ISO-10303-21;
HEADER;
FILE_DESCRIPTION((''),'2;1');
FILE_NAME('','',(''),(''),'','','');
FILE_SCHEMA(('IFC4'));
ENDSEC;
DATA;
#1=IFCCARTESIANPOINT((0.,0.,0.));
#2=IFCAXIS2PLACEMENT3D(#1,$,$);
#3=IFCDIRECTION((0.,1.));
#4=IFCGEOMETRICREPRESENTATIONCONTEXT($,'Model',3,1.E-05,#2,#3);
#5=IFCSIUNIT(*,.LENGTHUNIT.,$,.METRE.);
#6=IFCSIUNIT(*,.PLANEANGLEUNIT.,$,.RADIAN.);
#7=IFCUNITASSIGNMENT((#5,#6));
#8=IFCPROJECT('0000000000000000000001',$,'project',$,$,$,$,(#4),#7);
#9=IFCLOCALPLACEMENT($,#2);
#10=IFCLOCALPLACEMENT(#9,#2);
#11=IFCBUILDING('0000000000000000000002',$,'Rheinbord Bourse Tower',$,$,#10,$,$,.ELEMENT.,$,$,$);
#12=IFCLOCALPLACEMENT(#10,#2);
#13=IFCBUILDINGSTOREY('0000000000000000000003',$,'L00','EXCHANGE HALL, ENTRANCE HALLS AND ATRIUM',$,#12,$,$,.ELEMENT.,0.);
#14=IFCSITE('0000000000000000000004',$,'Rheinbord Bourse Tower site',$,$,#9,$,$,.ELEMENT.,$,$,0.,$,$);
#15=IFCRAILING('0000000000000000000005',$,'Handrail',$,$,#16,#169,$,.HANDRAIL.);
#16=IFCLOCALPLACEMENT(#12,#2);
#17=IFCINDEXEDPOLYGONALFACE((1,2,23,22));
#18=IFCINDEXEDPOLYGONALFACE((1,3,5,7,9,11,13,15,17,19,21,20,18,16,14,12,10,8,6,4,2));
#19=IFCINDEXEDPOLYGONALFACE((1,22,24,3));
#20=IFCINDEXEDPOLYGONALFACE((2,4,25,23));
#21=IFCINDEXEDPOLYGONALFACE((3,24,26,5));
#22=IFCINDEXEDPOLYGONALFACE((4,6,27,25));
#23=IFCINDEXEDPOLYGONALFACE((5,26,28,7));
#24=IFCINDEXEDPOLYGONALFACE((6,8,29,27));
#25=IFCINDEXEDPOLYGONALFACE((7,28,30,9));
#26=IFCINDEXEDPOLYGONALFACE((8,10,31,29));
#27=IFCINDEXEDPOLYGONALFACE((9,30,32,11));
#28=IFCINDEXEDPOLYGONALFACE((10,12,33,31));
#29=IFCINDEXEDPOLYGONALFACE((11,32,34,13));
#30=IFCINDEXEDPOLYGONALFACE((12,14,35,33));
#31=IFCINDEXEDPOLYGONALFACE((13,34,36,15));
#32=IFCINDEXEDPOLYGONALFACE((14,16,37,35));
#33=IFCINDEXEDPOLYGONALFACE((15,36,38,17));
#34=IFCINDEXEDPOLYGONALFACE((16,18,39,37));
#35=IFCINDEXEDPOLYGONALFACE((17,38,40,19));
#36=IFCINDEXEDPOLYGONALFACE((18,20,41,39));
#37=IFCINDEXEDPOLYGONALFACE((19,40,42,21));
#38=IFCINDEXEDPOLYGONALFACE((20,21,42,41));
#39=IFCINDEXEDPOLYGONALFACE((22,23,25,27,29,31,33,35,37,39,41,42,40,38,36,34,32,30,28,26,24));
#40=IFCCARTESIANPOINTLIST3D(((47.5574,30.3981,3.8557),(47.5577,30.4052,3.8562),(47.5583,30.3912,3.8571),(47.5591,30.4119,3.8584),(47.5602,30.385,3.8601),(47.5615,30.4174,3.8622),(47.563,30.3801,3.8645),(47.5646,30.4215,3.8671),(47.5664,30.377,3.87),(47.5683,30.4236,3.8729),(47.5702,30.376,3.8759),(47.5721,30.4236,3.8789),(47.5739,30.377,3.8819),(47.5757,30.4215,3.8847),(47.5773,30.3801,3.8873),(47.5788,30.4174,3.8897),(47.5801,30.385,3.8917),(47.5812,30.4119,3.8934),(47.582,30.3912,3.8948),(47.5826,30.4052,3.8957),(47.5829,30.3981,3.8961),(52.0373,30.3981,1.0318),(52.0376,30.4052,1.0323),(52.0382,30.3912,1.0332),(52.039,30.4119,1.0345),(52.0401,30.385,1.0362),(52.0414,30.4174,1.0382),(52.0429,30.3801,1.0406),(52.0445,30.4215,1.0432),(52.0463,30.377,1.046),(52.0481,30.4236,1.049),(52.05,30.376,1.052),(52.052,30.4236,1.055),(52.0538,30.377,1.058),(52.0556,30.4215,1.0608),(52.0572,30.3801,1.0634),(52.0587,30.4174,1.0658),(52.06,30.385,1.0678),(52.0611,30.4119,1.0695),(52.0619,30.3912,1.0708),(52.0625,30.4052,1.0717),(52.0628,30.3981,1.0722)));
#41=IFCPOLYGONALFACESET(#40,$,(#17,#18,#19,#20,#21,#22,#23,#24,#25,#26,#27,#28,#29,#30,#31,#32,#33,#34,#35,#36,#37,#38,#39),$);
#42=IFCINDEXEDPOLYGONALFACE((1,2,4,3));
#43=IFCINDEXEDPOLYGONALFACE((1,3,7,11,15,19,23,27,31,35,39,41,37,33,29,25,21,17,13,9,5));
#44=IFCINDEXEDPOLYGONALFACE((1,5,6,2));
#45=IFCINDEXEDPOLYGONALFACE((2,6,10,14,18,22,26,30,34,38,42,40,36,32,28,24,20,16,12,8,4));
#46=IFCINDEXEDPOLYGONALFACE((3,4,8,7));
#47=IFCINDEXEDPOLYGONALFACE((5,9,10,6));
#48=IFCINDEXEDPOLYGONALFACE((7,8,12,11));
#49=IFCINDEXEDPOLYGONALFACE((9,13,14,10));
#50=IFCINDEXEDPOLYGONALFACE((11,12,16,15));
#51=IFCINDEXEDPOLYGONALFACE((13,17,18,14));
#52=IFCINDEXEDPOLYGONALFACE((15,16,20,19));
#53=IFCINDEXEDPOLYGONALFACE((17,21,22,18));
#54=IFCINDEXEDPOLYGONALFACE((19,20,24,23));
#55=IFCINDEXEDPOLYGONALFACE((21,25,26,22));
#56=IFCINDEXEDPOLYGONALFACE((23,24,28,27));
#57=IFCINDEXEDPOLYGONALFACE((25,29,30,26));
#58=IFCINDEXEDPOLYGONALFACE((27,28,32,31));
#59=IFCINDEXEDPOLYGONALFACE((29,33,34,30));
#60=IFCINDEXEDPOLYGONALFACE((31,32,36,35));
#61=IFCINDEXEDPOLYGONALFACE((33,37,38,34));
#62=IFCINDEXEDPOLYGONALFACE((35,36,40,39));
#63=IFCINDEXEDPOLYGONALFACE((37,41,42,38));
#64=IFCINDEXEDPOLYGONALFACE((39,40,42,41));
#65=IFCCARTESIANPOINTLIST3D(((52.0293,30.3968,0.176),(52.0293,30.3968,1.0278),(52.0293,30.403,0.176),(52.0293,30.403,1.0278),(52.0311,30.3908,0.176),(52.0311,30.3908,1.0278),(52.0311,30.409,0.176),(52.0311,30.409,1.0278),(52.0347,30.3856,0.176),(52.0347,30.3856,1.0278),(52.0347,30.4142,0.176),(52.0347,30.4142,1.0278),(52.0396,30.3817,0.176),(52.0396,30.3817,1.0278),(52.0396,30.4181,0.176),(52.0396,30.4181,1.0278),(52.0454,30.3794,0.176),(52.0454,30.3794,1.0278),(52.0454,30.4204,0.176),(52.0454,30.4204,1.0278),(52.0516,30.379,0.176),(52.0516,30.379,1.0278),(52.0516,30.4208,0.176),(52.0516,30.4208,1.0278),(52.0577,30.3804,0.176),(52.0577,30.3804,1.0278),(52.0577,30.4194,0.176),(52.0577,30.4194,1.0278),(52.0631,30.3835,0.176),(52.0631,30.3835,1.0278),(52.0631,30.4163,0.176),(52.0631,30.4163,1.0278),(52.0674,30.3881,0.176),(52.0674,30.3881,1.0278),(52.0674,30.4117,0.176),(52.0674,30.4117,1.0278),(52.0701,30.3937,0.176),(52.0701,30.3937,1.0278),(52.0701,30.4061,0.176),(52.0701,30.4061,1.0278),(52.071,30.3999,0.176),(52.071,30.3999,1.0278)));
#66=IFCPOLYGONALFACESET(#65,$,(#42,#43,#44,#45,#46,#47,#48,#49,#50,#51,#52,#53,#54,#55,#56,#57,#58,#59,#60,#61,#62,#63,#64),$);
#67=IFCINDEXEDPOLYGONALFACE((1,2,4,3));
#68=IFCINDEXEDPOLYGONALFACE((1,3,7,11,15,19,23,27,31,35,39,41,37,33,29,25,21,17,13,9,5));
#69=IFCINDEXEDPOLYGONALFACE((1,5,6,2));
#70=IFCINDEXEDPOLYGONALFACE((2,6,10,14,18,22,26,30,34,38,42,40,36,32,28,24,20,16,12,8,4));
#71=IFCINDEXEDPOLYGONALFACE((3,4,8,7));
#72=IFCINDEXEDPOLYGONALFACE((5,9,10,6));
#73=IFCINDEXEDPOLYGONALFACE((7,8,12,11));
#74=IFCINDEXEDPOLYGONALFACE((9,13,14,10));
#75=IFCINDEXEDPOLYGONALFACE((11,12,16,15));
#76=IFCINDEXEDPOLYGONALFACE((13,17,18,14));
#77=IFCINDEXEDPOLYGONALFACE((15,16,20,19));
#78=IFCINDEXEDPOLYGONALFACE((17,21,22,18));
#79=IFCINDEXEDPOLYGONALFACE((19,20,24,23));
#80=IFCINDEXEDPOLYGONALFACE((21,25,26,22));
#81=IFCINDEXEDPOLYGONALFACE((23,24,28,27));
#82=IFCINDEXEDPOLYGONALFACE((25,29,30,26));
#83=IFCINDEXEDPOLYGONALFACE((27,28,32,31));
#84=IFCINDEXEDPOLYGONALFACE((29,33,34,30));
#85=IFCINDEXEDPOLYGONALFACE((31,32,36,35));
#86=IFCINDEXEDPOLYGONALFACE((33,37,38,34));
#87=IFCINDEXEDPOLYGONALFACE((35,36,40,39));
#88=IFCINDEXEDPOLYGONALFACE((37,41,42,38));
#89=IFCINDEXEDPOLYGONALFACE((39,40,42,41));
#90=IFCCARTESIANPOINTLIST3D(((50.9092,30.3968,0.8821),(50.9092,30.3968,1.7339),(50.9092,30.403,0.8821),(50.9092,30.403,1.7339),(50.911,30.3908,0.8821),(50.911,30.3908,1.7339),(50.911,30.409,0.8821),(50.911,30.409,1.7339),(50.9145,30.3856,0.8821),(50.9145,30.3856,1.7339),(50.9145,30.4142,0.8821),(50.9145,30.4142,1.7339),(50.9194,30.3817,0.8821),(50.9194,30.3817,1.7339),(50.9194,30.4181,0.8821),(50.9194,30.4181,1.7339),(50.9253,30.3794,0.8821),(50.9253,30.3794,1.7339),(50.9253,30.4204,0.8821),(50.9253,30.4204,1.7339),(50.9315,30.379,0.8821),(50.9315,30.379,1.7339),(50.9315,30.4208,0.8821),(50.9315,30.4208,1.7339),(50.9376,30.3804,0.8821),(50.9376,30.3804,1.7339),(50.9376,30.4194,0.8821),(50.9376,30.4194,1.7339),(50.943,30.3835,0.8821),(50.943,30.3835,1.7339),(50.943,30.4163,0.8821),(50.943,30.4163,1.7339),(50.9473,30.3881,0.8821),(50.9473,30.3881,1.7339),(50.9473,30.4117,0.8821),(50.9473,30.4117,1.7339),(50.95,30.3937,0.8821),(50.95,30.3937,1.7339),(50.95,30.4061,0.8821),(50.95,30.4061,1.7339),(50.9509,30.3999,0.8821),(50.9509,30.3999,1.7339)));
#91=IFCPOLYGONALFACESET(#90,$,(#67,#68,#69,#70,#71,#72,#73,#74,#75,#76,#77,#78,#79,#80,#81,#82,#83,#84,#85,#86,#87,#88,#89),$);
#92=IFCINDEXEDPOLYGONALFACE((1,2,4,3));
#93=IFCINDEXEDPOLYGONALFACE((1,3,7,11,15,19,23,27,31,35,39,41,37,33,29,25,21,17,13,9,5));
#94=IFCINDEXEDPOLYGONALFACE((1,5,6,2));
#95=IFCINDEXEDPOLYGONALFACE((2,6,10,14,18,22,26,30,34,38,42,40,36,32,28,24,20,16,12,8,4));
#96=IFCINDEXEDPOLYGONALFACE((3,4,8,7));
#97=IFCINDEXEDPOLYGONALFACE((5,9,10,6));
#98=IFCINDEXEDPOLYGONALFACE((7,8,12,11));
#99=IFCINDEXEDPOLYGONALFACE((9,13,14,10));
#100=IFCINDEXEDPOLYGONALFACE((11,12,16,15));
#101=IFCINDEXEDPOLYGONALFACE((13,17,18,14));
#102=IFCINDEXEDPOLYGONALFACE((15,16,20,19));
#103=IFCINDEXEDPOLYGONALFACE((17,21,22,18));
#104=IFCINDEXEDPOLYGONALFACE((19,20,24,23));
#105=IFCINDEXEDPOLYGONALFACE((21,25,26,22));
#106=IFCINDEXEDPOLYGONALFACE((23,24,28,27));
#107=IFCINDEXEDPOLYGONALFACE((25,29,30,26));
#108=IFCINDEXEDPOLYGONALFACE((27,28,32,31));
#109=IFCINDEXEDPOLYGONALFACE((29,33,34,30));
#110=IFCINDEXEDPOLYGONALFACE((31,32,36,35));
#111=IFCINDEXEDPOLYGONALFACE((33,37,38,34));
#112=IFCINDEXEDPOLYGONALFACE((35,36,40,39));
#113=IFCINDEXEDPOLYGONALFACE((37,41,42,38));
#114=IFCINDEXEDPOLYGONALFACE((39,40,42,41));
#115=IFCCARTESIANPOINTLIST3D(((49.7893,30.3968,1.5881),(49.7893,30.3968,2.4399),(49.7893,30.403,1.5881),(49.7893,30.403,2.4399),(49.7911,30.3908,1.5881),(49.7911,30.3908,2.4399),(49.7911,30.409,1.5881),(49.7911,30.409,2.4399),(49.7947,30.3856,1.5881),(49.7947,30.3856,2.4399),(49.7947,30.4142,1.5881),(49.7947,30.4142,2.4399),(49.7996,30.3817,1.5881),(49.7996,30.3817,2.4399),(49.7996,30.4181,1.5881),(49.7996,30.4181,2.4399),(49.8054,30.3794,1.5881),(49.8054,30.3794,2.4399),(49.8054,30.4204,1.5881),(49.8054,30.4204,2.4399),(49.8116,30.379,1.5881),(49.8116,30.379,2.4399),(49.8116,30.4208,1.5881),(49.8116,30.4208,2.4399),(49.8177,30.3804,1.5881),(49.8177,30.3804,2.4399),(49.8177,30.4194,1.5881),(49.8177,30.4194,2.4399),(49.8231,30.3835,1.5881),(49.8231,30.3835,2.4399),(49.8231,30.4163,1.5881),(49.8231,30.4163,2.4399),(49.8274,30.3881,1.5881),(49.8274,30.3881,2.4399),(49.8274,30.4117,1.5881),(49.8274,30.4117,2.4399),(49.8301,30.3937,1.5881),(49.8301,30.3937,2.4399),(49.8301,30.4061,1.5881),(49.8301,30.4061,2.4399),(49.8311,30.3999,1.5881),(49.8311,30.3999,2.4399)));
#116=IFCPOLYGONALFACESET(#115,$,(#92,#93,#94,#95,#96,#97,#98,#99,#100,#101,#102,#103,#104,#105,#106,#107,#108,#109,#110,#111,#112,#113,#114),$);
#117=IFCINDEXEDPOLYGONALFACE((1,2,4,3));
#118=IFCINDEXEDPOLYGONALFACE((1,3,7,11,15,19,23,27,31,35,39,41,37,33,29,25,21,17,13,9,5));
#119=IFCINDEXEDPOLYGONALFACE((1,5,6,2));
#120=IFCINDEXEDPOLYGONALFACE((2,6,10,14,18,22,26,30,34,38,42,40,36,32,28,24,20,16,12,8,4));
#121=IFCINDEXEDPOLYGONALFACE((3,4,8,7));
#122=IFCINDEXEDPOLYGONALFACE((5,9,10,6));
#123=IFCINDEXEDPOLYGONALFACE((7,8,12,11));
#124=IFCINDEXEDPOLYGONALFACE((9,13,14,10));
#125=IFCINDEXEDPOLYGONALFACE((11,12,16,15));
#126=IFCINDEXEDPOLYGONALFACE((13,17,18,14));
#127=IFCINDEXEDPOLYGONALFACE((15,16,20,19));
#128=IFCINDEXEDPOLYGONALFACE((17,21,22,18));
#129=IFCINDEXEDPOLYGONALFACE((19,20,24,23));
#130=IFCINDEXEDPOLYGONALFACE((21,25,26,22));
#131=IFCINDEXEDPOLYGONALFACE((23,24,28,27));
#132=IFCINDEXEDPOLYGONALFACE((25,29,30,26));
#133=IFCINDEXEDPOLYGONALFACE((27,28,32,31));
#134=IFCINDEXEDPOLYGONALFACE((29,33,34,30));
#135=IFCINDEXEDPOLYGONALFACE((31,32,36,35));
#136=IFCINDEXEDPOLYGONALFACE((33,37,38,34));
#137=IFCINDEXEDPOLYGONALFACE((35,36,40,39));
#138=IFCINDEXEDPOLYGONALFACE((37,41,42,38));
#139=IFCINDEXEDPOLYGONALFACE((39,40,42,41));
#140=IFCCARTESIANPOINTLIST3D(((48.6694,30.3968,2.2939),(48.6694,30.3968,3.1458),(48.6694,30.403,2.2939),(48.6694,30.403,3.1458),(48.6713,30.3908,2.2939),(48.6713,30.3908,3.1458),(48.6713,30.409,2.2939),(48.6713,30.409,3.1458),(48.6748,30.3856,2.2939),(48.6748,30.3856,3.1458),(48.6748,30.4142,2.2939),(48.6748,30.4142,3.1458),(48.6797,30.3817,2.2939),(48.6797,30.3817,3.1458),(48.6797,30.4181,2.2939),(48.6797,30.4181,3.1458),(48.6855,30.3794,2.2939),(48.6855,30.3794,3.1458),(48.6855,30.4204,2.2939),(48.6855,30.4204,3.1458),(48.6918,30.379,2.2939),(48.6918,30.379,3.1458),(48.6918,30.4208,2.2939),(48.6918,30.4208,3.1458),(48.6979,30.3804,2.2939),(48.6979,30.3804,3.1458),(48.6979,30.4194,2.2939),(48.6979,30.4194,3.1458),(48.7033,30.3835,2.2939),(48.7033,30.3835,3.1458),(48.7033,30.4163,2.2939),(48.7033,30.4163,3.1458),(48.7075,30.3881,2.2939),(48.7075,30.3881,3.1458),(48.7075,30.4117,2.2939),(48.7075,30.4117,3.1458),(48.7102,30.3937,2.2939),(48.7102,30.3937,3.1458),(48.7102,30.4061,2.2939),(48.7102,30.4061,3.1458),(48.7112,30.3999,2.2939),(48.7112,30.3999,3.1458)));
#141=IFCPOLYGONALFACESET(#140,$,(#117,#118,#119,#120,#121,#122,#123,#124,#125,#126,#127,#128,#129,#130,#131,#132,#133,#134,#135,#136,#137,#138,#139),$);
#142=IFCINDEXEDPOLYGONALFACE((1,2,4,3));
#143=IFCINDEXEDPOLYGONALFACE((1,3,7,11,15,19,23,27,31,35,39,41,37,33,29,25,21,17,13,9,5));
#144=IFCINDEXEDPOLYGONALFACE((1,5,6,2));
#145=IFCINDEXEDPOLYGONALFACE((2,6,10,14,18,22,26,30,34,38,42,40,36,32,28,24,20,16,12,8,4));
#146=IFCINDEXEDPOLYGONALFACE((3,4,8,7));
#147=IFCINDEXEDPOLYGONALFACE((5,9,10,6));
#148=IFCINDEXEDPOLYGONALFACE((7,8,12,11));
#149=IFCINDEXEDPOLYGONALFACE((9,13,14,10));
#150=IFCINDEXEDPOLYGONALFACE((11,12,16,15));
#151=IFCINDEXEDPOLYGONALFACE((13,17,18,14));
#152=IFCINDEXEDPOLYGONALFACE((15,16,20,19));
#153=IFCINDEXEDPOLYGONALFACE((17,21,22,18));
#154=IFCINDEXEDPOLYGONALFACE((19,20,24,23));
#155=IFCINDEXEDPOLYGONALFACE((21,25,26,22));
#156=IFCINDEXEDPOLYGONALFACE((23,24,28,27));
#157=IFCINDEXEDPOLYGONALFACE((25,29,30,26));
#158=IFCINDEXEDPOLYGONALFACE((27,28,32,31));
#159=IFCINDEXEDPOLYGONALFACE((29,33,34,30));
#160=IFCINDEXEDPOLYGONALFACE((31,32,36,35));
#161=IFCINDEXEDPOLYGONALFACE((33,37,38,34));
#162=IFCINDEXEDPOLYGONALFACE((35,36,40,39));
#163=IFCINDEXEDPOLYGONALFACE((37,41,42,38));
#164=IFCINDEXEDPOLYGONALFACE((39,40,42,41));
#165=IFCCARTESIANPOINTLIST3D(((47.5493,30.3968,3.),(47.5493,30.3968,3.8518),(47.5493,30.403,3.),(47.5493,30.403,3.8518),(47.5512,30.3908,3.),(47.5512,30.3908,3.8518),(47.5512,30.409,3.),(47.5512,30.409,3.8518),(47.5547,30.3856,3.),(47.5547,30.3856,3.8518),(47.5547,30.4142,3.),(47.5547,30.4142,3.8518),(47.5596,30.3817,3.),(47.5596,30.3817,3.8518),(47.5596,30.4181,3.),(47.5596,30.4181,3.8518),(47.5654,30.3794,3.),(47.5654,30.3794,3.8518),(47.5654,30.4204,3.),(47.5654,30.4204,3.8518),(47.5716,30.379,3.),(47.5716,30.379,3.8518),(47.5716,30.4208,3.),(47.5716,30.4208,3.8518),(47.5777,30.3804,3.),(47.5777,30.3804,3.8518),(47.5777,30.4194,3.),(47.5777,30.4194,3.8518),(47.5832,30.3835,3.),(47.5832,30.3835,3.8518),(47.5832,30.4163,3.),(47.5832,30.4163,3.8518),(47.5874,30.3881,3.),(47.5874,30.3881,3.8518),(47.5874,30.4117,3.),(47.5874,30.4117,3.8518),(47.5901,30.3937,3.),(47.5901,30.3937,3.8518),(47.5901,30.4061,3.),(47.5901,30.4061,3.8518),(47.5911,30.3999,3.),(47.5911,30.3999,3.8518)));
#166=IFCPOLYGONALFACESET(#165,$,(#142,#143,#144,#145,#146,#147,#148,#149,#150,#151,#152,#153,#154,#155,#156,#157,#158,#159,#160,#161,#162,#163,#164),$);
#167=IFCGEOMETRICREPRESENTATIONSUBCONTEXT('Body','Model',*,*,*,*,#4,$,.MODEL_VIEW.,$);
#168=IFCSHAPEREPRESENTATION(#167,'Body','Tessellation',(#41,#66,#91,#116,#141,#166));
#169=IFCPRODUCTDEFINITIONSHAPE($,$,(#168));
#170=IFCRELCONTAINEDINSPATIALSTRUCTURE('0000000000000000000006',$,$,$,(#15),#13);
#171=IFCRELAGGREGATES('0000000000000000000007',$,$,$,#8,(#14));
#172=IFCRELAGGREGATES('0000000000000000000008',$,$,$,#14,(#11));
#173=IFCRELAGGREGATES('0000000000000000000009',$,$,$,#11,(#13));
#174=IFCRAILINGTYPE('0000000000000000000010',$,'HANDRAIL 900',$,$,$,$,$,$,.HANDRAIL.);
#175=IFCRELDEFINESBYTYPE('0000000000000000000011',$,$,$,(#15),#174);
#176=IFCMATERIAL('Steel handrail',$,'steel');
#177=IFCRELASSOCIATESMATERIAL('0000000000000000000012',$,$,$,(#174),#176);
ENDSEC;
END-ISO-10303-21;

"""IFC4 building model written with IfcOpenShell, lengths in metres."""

from ifc_helpers import new_model, si_unit, direction, frame, origin, origin_2d, place, context, subcontext, project, spatial, circle, extrude, material, type_object, element, save


model = new_model("IFC4")

# Units and contexts
model_context = context("Model", 3, precision=1e-05, world=origin(), true_north=direction((0.0, 1.0)))
body_context = subcontext(model_context, "Body", "Model", "MODEL_VIEW")
ifc_project = project(units=[si_unit("LENGTHUNIT", "METRE"), si_unit("PLANEANGLEUNIT", "RADIAN")], contexts=[model_context])

# Site, building, storey
site_placement = place(None, origin())
site = spatial("IfcSite", under=ifc_project, at=site_placement, Name="Rheinbord Bourse Tower site", CompositionType="ELEMENT", RefElevation=0.0)
building_placement = place(site_placement, origin())
building = spatial("IfcBuilding", under=site, at=building_placement, Name="Rheinbord Bourse Tower", CompositionType="ELEMENT")
storey_placement = place(building_placement, origin())
storey = spatial("IfcBuildingStorey", under=building, at=storey_placement, Name="L00", Description="EXCHANGE HALL, ENTRANCE HALLS AND ATRIUM", CompositionType="ELEMENT", Elevation=0.0)

# Railing
ifc_material_1 = material(Name="Steel handrail", Category="steel")
railing_type = type_object("IfcRailingType", Name="HANDRAIL 900", PredefinedType="HANDRAIL", material=ifc_material_1)
railing_1_placement = place(storey_placement, frame((52.05, 30.3999, 0.176)))
element("IfcRailing", 1, at=railing_1_placement, inside=storey, type_object=railing_type, Name="Handrail", PredefinedType="HANDRAIL", context=body_context, shape_type="SweptSolid", body=[
    extrude(circle(Radius=0.0239, at=origin_2d()), frame((0.0, 0.0, 0.876), z_axis=(-0.845956, 0.0, 0.533252), x_axis=(0.0, -1.0, 0.0)), (0.0, 0.0, 1.0), 5.2957),
    extrude(circle(Radius=0.021, at=origin_2d()), origin(), (0.0, 0.0, 1.0), 0.8518),
    extrude(circle(Radius=0.021, at=origin_2d()), frame((-1.1201, 0.0, 0.7061)), (0.0, 0.0, 1.0), 0.8518),
    extrude(circle(Radius=0.021, at=origin_2d()), frame((-2.24, 0.0, 1.4121)), (0.0, 0.0, 1.0), 0.8518),
    extrude(circle(Radius=0.021, at=origin_2d()), frame((-3.3599, 0.0, 2.1179)), (0.0, 0.0, 1.0), 0.8518),
    extrude(circle(Radius=0.021, at=origin_2d()), frame((-4.48, 0.0, 2.824)), (0.0, 0.0, 1.0), 0.8518),
])

save(model, "model.ifc")
